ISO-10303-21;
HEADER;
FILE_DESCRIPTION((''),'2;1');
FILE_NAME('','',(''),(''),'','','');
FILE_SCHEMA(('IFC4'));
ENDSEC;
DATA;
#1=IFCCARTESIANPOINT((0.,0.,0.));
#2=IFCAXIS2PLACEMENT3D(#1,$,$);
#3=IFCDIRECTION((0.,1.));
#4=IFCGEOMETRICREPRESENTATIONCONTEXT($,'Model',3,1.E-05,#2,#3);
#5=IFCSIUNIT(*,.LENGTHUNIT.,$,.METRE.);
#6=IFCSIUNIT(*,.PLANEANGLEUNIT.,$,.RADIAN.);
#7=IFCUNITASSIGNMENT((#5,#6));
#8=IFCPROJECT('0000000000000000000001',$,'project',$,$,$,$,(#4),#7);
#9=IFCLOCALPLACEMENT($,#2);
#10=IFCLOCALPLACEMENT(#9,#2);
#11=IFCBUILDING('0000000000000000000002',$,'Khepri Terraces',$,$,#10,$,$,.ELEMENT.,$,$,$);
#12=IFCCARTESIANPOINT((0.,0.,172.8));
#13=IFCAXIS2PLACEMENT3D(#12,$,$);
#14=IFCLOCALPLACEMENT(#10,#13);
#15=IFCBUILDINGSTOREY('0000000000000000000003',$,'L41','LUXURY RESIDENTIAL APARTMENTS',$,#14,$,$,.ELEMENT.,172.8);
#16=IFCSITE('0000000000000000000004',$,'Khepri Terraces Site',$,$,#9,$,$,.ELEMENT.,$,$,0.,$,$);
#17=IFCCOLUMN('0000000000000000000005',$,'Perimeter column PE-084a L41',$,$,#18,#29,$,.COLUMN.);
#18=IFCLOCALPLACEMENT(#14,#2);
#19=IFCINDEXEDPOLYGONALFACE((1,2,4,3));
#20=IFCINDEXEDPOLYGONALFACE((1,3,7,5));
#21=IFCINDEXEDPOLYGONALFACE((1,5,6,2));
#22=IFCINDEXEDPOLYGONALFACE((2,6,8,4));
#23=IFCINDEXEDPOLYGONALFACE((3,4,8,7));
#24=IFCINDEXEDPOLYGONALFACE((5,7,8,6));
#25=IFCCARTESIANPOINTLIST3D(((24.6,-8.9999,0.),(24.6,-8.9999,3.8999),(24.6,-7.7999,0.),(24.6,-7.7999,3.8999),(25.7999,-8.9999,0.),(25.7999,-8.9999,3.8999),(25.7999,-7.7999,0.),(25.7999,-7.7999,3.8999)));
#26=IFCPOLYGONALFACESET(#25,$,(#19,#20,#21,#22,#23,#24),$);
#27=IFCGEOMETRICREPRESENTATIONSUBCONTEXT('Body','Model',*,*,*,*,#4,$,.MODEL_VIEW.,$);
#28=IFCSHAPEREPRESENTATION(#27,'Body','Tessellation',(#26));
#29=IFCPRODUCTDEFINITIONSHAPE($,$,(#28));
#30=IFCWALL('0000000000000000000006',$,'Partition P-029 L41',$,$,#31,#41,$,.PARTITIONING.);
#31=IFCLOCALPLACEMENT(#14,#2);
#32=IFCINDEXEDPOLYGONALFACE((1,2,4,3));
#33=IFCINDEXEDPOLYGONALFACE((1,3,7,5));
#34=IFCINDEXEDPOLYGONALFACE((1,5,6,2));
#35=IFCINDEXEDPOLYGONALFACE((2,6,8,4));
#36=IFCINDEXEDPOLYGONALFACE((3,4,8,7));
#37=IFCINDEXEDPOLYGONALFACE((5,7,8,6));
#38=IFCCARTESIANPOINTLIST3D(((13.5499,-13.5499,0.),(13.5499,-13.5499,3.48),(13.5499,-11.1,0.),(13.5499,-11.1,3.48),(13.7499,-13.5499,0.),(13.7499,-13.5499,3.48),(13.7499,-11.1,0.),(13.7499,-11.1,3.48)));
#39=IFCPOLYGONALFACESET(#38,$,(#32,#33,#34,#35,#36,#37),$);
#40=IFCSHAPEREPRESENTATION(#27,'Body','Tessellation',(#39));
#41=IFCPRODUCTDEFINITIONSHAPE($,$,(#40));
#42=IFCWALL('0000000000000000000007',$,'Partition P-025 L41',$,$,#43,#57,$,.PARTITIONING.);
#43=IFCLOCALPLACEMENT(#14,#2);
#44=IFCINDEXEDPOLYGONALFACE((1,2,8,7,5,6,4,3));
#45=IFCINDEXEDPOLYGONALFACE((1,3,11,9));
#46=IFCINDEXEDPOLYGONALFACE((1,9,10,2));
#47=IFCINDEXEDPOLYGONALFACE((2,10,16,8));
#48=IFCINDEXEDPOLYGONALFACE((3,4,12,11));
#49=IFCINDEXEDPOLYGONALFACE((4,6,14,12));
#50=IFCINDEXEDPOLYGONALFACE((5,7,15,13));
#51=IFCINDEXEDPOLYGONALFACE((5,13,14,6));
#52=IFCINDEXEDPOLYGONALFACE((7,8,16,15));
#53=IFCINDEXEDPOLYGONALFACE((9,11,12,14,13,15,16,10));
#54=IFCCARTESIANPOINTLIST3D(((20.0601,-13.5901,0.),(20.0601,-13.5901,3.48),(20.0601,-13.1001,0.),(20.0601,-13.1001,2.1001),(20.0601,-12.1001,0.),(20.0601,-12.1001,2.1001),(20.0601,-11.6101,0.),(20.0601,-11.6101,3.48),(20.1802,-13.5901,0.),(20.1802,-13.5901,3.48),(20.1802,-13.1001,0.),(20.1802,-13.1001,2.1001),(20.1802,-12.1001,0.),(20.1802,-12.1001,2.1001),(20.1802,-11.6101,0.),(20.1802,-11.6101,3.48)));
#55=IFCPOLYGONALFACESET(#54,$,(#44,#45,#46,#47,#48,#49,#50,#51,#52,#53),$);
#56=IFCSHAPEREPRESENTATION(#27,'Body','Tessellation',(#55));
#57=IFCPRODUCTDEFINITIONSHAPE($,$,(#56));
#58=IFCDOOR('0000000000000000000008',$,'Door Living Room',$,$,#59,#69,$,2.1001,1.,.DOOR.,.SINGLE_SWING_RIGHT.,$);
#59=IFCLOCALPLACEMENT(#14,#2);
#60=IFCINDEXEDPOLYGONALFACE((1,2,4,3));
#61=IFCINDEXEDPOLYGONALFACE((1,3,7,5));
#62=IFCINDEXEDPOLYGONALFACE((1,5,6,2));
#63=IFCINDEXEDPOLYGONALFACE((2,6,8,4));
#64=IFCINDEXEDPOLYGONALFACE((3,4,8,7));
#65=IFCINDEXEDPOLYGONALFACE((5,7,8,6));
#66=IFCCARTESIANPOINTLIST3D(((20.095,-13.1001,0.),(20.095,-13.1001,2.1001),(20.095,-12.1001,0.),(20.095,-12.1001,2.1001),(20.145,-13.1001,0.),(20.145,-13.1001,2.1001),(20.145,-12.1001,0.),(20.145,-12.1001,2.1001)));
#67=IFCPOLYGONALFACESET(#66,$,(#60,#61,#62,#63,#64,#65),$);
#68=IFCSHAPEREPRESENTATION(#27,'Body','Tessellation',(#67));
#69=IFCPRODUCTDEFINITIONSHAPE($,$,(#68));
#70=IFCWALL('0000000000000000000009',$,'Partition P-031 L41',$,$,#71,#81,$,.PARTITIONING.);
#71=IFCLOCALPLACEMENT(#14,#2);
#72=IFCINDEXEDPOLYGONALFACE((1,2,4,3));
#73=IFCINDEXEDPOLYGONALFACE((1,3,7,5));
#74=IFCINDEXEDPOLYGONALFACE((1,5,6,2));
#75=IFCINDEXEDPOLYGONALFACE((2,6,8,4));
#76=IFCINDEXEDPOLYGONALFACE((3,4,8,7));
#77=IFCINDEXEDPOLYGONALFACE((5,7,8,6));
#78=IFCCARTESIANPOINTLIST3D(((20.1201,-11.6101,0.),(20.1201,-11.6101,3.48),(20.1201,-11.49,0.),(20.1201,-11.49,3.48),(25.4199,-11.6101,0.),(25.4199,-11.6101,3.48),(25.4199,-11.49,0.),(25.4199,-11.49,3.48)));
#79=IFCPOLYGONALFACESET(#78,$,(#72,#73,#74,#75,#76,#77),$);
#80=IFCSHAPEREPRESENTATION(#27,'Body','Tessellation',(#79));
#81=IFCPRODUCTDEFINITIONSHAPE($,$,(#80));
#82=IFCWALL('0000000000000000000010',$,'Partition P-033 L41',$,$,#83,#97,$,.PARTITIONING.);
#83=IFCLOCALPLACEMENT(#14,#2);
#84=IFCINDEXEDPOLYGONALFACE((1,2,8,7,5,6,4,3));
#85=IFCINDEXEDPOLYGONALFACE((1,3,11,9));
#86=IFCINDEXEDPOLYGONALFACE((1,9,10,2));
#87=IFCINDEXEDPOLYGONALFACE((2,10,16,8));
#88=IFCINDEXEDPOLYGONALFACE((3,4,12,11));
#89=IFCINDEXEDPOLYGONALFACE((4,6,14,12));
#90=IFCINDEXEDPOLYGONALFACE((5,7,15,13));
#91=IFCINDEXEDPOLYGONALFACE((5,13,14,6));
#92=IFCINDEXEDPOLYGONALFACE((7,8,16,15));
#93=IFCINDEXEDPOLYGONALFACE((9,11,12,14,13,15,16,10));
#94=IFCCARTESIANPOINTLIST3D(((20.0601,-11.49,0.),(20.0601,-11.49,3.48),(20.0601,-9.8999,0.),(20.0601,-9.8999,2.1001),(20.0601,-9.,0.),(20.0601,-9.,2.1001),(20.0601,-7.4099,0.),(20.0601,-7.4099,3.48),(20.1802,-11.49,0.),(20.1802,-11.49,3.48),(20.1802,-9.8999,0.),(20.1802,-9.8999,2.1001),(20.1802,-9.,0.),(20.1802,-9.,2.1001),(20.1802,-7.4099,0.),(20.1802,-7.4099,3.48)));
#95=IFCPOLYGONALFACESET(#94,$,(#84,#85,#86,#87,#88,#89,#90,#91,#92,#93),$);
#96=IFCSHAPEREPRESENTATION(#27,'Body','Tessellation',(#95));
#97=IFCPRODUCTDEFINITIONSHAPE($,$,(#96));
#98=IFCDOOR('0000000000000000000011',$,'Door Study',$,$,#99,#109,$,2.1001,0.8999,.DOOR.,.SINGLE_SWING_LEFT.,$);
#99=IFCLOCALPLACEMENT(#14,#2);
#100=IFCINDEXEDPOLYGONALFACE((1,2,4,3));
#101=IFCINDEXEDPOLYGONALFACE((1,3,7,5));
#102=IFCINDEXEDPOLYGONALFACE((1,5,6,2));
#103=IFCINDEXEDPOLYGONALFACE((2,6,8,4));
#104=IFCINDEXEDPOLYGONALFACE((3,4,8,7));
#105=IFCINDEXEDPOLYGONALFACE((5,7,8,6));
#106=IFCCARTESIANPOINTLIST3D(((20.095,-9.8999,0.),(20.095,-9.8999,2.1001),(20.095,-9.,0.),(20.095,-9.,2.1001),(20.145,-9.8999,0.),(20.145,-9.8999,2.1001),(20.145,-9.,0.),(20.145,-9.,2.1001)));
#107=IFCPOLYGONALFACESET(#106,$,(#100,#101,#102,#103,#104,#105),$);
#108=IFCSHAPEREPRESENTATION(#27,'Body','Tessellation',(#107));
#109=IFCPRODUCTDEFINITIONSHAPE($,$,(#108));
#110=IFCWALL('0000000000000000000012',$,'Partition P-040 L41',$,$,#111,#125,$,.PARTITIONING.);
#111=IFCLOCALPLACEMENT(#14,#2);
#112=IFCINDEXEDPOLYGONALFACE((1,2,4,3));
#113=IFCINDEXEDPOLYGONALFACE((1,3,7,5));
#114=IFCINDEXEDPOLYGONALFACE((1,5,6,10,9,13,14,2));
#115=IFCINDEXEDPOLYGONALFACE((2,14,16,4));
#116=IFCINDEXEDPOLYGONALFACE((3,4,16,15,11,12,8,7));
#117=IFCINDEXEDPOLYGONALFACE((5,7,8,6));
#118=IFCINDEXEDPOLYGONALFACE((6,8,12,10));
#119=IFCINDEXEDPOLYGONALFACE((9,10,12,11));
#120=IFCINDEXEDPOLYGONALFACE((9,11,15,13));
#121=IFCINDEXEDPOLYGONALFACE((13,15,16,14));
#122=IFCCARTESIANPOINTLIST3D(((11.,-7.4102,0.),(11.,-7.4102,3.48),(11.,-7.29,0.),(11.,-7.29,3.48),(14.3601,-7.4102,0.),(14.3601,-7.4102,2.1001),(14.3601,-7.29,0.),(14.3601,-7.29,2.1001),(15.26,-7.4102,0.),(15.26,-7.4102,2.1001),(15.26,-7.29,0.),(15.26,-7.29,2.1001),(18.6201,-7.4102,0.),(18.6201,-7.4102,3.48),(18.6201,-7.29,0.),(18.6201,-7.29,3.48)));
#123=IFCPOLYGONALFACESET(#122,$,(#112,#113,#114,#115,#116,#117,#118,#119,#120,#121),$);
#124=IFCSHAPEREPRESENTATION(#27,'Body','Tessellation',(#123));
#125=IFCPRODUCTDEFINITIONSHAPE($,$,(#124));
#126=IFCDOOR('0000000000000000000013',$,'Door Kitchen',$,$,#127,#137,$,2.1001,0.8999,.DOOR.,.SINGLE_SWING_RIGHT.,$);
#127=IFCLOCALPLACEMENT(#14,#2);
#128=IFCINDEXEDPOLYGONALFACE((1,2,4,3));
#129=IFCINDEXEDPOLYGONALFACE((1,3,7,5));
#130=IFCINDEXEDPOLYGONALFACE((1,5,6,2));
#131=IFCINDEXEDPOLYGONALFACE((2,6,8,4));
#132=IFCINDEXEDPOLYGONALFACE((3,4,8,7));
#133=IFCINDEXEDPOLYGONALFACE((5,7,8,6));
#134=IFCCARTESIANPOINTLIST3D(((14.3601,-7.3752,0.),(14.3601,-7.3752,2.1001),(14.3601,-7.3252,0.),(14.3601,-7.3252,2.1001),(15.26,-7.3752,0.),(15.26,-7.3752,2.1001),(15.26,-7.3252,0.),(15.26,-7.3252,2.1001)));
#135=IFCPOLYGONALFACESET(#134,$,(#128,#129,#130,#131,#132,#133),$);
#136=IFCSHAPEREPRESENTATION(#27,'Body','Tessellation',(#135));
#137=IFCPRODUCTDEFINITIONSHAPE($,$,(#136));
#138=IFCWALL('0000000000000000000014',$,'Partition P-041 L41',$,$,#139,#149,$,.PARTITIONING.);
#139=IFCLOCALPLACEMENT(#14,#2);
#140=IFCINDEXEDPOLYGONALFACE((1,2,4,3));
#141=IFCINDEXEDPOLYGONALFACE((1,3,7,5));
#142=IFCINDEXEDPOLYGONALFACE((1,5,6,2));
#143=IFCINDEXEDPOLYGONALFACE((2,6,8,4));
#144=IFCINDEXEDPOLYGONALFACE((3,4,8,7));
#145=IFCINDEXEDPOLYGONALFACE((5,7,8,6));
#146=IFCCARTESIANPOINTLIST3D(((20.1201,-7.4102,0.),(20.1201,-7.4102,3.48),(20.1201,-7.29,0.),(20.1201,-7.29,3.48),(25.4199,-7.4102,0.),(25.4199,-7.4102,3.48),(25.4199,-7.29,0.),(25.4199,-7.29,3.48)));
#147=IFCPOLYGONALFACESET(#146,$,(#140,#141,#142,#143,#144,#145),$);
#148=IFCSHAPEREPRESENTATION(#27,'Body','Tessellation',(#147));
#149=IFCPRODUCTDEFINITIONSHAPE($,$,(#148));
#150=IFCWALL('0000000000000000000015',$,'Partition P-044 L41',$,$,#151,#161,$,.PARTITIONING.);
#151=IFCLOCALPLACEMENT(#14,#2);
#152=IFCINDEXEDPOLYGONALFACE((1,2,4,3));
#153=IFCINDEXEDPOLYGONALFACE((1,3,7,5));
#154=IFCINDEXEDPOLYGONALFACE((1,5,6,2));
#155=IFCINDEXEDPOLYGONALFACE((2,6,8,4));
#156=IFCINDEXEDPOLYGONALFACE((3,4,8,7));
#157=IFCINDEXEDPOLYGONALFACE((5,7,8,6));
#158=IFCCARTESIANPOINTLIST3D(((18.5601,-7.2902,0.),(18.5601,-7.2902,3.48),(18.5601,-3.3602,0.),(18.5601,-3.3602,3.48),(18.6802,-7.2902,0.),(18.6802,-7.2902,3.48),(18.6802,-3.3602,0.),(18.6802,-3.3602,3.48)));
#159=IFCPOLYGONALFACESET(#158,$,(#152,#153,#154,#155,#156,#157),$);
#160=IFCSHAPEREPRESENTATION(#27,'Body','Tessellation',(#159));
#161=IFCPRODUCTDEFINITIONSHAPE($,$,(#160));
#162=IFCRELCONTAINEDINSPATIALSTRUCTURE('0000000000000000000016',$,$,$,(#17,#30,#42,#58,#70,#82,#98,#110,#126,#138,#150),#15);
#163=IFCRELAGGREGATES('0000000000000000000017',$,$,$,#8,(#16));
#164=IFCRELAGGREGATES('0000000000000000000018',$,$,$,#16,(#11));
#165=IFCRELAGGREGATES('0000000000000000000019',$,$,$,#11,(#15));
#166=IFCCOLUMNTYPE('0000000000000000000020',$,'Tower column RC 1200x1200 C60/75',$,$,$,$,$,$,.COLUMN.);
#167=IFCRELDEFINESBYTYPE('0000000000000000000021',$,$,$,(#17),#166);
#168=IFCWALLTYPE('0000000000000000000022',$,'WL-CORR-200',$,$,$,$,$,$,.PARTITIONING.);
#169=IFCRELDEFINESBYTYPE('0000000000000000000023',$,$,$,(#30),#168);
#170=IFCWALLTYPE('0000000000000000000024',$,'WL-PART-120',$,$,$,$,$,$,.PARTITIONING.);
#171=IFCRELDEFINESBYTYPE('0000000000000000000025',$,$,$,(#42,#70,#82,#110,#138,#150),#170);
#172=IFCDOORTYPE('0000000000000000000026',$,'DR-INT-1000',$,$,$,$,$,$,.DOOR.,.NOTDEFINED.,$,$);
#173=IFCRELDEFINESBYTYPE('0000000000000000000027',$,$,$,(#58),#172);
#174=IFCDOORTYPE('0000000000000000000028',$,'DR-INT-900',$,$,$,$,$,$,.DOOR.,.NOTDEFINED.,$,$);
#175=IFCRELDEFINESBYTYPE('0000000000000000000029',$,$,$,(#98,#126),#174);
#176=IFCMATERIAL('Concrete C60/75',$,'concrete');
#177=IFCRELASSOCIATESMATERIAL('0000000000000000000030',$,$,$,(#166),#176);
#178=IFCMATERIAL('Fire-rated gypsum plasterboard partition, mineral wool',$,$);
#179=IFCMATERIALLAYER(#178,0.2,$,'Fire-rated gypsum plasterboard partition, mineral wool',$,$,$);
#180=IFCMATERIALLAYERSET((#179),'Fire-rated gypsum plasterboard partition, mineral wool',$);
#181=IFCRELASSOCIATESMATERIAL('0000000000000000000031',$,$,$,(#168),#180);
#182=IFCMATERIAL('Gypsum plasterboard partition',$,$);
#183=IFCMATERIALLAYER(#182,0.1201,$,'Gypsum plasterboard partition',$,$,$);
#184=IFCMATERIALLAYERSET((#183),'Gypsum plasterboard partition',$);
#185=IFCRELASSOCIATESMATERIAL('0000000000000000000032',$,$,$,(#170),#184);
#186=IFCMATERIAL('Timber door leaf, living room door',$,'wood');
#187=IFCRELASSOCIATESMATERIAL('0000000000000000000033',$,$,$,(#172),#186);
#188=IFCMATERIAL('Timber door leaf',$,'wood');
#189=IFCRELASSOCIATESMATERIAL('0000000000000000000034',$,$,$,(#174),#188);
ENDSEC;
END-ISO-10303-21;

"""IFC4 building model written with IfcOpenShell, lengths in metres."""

from ifc_helpers import new_model, si_unit, direction, frame, frame_2d, origin, origin_2d, place, context, subcontext, project, spatial, rectangle, extrude, material, layer, layer_set, material_profile, profile_set, type_object, element, fill, save


model = new_model("IFC4")

# Units and contexts
model_context = context("Model", 3, precision=1e-05, world=origin(), true_north=direction((0.0, 1.0)))
body_context = subcontext(model_context, "Body", "Model", "MODEL_VIEW")
ifc_project = project(units=[si_unit("LENGTHUNIT", "METRE"), si_unit("PLANEANGLEUNIT", "RADIAN")], contexts=[model_context])

# Site, building, storey
site_placement = place(None, origin())
site = spatial("IfcSite", under=ifc_project, at=site_placement, Name="Khepri Terraces Site", CompositionType="ELEMENT", RefElevation=0.0)
building_placement = place(site_placement, origin())
building = spatial("IfcBuilding", under=site, at=building_placement, Name="Khepri Terraces", CompositionType="ELEMENT")
storey_placement = place(building_placement, frame((0.0, 0.0, 172.8)))
storey = spatial("IfcBuildingStorey", under=building, at=storey_placement, Name="L41", Description="LUXURY RESIDENTIAL APARTMENTS", CompositionType="ELEMENT", Elevation=172.8)

# Column
ifc_material_1 = material(Name="Concrete C60/75", Category="concrete")
ifc_material_profile = material_profile(ifc_material_1, rectangle(XDim=1.2, YDim=1.2, at=origin_2d()), Name="Concrete C60/75", Category="concrete")
ifc_profile_set = profile_set([ifc_material_profile], Name="Concrete C60/75")
column_type = type_object("IfcColumnType", Name="Tower column RC 1200x1200 C60/75", PredefinedType="COLUMN", material=ifc_profile_set)
column_placement = place(storey_placement, frame((25.2, -8.3999, 0.0), z_axis=(0.0, 0.0, 1.0), x_axis=(1.0, 0.0, 0.0)))
element("IfcColumn", 1, at=column_placement, inside=storey, type_object=column_type, Name="Perimeter column PE-084a L41", PredefinedType="COLUMN", context=body_context, shape_type="SweptSolid", body=[
    extrude(rectangle(XDim=1.2, YDim=1.2, at=origin_2d()), origin(), (0.0, 0.0, 1.0), 3.8999),
])

# Wall
ifc_material_2 = material(Name="Fire-rated gypsum plasterboard partition, mineral wool")
ifc_layer_1 = layer(ifc_material_2, 0.2, Name="Fire-rated gypsum plasterboard partition, mineral wool")
ifc_layer_set_1 = layer_set([ifc_layer_1], Name="Fire-rated gypsum plasterboard partition, mineral wool")
wall_type_1 = type_object("IfcWallType", Name="WL-CORR-200", PredefinedType="PARTITIONING", material=ifc_layer_set_1)
wall_1_placement = place(storey_placement, frame((13.6499, -13.55, 0.0), z_axis=(0.0, 0.0, 1.0), x_axis=(0.0, 1.0, 0.0)))
element("IfcWall", 2, at=wall_1_placement, inside=storey, type_object=wall_type_1, Name="Partition P-029 L41", PredefinedType="PARTITIONING", context=body_context, shape_type="SweptSolid", body=[
    extrude(rectangle(XDim=2.45, YDim=0.2, at=frame_2d((1.2251, 0.0))), origin(), (0.0, 0.0, 1.0), 3.48),
])

# Wall, opening, door
ifc_material_3 = material(Name="Gypsum plasterboard partition")
ifc_layer_2 = layer(ifc_material_3, 0.1201, Name="Gypsum plasterboard partition")
ifc_layer_set_2 = layer_set([ifc_layer_2], Name="Gypsum plasterboard partition")
wall_type_2 = type_object("IfcWallType", Name="WL-PART-120", PredefinedType="PARTITIONING", material=ifc_layer_set_2)
wall_2_placement = place(storey_placement, frame((20.1201, -13.5901, 0.0), z_axis=(0.0, 0.0, 1.0), x_axis=(0.0, 1.0, 0.0)))
wall_2 = element("IfcWall", 3, at=wall_2_placement, inside=storey, type_object=wall_type_2, Name="Partition P-025 L41", PredefinedType="PARTITIONING", context=body_context, shape_type="SweptSolid", body=[
    extrude(rectangle(XDim=1.98, YDim=0.1201, at=frame_2d((0.99, 0.0))), origin(), (0.0, 0.0, 1.0), 3.48),
])
opening_1_placement = place(wall_2_placement, frame((0.49, 0.0, 0.0)))
opening_1 = element("IfcOpeningElement", 4, at=opening_1_placement, cuts=wall_2, PredefinedType="OPENING", context=body_context, shape_type="SweptSolid", body=[
    extrude(rectangle(XDim=1.0, YDim=2.1001, at=frame_2d((0.5, 1.05))), frame((0.0, 0.0701, 0.0), z_axis=(0.0, -1.0, 0.0), x_axis=(1.0, 0.0, 0.0)), (0.0, 0.0, 1.0), 0.1401),
])
ifc_material_4 = material(Name="Timber door leaf, living room door", Category="wood")
door_type_1 = type_object("IfcDoorType", Name="DR-INT-1000", OperationType="NOTDEFINED", PredefinedType="DOOR", material=ifc_material_4)
door_1_placement = place(opening_1_placement, frame((1.0, 0.0, 0.0), z_axis=(0.0, 0.0, 1.0), x_axis=(-1.0, 0.0, 0.0)))
door_1 = element("IfcDoor", 5, at=door_1_placement, inside=storey, type_object=door_type_1, Name="Door Living Room", OperationType="SINGLE_SWING_RIGHT", OverallHeight=2.1001, OverallWidth=1.0, PredefinedType="DOOR", context=body_context, shape_type="SweptSolid", body=[
    extrude(rectangle(XDim=1.0, YDim=2.1001, at=frame_2d((0.5, 1.05))), frame((0.0, 0.0249, 0.0), z_axis=(0.0, -1.0, 0.0), x_axis=(1.0, 0.0, 0.0)), (0.0, 0.0, 1.0), 0.05),
])
fill(opening_1, door_1)

# Wall
wall_3_placement = place(storey_placement, frame((20.1201, -11.55, 0.0), z_axis=(0.0, 0.0, 1.0), x_axis=(1.0, 0.0, 0.0)))
element("IfcWall", 6, at=wall_3_placement, inside=storey, type_object=wall_type_2, Name="Partition P-031 L41", PredefinedType="PARTITIONING", context=body_context, shape_type="SweptSolid", body=[
    extrude(rectangle(XDim=5.2998, YDim=0.1201, at=frame_2d((2.6499, 0.0))), origin(), (0.0, 0.0, 1.0), 3.48),
])

# Walls, openings, doors
wall_4_placement = place(storey_placement, frame((20.1201, -11.49, 0.0), z_axis=(0.0, 0.0, 1.0), x_axis=(0.0, 1.0, 0.0)))
wall_4 = element("IfcWall", 7, at=wall_4_placement, inside=storey, type_object=wall_type_2, Name="Partition P-033 L41", PredefinedType="PARTITIONING", context=body_context, shape_type="SweptSolid", body=[
    extrude(rectangle(XDim=4.0801, YDim=0.1201, at=frame_2d((2.04, 0.0))), origin(), (0.0, 0.0, 1.0), 3.48),
])
opening_2_placement = place(wall_4_placement, frame((1.5901, 0.0, 0.0)))
opening_2 = element("IfcOpeningElement", 8, at=opening_2_placement, cuts=wall_4, PredefinedType="OPENING", context=body_context, shape_type="SweptSolid", body=[
    extrude(rectangle(XDim=0.8999, YDim=2.1001, at=frame_2d((0.45, 1.05))), frame((0.0, 0.0701, 0.0), z_axis=(0.0, -1.0, 0.0), x_axis=(1.0, 0.0, 0.0)), (0.0, 0.0, 1.0), 0.1401),
])
ifc_material_5 = material(Name="Timber door leaf", Category="wood")
door_type_2 = type_object("IfcDoorType", Name="DR-INT-900", OperationType="NOTDEFINED", PredefinedType="DOOR", material=ifc_material_5)
door_2_placement = place(opening_2_placement, frame((0.8999, 0.0, 0.0), z_axis=(0.0, 0.0, 1.0), x_axis=(-1.0, 0.0, 0.0)))
door_2 = element("IfcDoor", 9, at=door_2_placement, inside=storey, type_object=door_type_2, Name="Door Study", OperationType="SINGLE_SWING_LEFT", OverallHeight=2.1001, OverallWidth=0.8999, PredefinedType="DOOR", context=body_context, shape_type="SweptSolid", body=[
    extrude(rectangle(XDim=0.8999, YDim=2.1001, at=frame_2d((0.45, 1.05))), frame((0.0, 0.0249, 0.0), z_axis=(0.0, -1.0, 0.0), x_axis=(1.0, 0.0, 0.0)), (0.0, 0.0, 1.0), 0.05),
])
fill(opening_2, door_2)
wall_5_placement = place(storey_placement, frame((11.0, -7.3501, 0.0), z_axis=(0.0, 0.0, 1.0), x_axis=(1.0, 0.0, 0.0)))
wall_5 = element("IfcWall", 10, at=wall_5_placement, inside=storey, type_object=wall_type_2, Name="Partition P-040 L41", PredefinedType="PARTITIONING", context=body_context, shape_type="SweptSolid", body=[
    extrude(rectangle(XDim=7.6201, YDim=0.1201, at=frame_2d((3.8101, 0.0))), origin(), (0.0, 0.0, 1.0), 3.48),
])
opening_3_placement = place(wall_5_placement, frame((3.3601, 0.0, 0.0)))
opening_3 = element("IfcOpeningElement", 11, at=opening_3_placement, cuts=wall_5, PredefinedType="OPENING", context=body_context, shape_type="SweptSolid", body=[
    extrude(rectangle(XDim=0.8999, YDim=2.1001, at=frame_2d((0.45, 1.05))), frame((0.0, 0.0701, 0.0), z_axis=(0.0, -1.0, 0.0), x_axis=(1.0, 0.0, 0.0)), (0.0, 0.0, 1.0), 0.1401),
])
door_3_placement = place(opening_3_placement, origin())
door_3 = element("IfcDoor", 12, at=door_3_placement, inside=storey, type_object=door_type_2, Name="Door Kitchen", OperationType="SINGLE_SWING_RIGHT", OverallHeight=2.1001, OverallWidth=0.8999, PredefinedType="DOOR", context=body_context, shape_type="SweptSolid", body=[
    extrude(rectangle(XDim=0.8999, YDim=2.1001, at=frame_2d((0.45, 1.05))), frame((0.0, 0.0249, 0.0), z_axis=(0.0, -1.0, 0.0), x_axis=(1.0, 0.0, 0.0)), (0.0, 0.0, 1.0), 0.05),
])
fill(opening_3, door_3)

# Walls
wall_6_placement = place(storey_placement, frame((20.1201, -7.3501, 0.0), z_axis=(0.0, 0.0, 1.0), x_axis=(1.0, 0.0, 0.0)))
element("IfcWall", 13, at=wall_6_placement, inside=storey, type_object=wall_type_2, Name="Partition P-041 L41", PredefinedType="PARTITIONING", context=body_context, shape_type="SweptSolid", body=[
    extrude(rectangle(XDim=5.2998, YDim=0.1201, at=frame_2d((2.6499, 0.0))), origin(), (0.0, 0.0, 1.0), 3.48),
])
wall_7_placement = place(storey_placement, frame((18.6201, -7.29, 0.0), z_axis=(0.0, 0.0, 1.0), x_axis=(0.0, 1.0, 0.0)))
element("IfcWall", 14, at=wall_7_placement, inside=storey, type_object=wall_type_2, Name="Partition P-044 L41", PredefinedType="PARTITIONING", context=body_context, shape_type="SweptSolid", body=[
    extrude(rectangle(XDim=3.9299, YDim=0.1201, at=frame_2d((1.9648, 0.0))), origin(), (0.0, 0.0, 1.0), 3.48),
])

save(model, "model.ifc")
